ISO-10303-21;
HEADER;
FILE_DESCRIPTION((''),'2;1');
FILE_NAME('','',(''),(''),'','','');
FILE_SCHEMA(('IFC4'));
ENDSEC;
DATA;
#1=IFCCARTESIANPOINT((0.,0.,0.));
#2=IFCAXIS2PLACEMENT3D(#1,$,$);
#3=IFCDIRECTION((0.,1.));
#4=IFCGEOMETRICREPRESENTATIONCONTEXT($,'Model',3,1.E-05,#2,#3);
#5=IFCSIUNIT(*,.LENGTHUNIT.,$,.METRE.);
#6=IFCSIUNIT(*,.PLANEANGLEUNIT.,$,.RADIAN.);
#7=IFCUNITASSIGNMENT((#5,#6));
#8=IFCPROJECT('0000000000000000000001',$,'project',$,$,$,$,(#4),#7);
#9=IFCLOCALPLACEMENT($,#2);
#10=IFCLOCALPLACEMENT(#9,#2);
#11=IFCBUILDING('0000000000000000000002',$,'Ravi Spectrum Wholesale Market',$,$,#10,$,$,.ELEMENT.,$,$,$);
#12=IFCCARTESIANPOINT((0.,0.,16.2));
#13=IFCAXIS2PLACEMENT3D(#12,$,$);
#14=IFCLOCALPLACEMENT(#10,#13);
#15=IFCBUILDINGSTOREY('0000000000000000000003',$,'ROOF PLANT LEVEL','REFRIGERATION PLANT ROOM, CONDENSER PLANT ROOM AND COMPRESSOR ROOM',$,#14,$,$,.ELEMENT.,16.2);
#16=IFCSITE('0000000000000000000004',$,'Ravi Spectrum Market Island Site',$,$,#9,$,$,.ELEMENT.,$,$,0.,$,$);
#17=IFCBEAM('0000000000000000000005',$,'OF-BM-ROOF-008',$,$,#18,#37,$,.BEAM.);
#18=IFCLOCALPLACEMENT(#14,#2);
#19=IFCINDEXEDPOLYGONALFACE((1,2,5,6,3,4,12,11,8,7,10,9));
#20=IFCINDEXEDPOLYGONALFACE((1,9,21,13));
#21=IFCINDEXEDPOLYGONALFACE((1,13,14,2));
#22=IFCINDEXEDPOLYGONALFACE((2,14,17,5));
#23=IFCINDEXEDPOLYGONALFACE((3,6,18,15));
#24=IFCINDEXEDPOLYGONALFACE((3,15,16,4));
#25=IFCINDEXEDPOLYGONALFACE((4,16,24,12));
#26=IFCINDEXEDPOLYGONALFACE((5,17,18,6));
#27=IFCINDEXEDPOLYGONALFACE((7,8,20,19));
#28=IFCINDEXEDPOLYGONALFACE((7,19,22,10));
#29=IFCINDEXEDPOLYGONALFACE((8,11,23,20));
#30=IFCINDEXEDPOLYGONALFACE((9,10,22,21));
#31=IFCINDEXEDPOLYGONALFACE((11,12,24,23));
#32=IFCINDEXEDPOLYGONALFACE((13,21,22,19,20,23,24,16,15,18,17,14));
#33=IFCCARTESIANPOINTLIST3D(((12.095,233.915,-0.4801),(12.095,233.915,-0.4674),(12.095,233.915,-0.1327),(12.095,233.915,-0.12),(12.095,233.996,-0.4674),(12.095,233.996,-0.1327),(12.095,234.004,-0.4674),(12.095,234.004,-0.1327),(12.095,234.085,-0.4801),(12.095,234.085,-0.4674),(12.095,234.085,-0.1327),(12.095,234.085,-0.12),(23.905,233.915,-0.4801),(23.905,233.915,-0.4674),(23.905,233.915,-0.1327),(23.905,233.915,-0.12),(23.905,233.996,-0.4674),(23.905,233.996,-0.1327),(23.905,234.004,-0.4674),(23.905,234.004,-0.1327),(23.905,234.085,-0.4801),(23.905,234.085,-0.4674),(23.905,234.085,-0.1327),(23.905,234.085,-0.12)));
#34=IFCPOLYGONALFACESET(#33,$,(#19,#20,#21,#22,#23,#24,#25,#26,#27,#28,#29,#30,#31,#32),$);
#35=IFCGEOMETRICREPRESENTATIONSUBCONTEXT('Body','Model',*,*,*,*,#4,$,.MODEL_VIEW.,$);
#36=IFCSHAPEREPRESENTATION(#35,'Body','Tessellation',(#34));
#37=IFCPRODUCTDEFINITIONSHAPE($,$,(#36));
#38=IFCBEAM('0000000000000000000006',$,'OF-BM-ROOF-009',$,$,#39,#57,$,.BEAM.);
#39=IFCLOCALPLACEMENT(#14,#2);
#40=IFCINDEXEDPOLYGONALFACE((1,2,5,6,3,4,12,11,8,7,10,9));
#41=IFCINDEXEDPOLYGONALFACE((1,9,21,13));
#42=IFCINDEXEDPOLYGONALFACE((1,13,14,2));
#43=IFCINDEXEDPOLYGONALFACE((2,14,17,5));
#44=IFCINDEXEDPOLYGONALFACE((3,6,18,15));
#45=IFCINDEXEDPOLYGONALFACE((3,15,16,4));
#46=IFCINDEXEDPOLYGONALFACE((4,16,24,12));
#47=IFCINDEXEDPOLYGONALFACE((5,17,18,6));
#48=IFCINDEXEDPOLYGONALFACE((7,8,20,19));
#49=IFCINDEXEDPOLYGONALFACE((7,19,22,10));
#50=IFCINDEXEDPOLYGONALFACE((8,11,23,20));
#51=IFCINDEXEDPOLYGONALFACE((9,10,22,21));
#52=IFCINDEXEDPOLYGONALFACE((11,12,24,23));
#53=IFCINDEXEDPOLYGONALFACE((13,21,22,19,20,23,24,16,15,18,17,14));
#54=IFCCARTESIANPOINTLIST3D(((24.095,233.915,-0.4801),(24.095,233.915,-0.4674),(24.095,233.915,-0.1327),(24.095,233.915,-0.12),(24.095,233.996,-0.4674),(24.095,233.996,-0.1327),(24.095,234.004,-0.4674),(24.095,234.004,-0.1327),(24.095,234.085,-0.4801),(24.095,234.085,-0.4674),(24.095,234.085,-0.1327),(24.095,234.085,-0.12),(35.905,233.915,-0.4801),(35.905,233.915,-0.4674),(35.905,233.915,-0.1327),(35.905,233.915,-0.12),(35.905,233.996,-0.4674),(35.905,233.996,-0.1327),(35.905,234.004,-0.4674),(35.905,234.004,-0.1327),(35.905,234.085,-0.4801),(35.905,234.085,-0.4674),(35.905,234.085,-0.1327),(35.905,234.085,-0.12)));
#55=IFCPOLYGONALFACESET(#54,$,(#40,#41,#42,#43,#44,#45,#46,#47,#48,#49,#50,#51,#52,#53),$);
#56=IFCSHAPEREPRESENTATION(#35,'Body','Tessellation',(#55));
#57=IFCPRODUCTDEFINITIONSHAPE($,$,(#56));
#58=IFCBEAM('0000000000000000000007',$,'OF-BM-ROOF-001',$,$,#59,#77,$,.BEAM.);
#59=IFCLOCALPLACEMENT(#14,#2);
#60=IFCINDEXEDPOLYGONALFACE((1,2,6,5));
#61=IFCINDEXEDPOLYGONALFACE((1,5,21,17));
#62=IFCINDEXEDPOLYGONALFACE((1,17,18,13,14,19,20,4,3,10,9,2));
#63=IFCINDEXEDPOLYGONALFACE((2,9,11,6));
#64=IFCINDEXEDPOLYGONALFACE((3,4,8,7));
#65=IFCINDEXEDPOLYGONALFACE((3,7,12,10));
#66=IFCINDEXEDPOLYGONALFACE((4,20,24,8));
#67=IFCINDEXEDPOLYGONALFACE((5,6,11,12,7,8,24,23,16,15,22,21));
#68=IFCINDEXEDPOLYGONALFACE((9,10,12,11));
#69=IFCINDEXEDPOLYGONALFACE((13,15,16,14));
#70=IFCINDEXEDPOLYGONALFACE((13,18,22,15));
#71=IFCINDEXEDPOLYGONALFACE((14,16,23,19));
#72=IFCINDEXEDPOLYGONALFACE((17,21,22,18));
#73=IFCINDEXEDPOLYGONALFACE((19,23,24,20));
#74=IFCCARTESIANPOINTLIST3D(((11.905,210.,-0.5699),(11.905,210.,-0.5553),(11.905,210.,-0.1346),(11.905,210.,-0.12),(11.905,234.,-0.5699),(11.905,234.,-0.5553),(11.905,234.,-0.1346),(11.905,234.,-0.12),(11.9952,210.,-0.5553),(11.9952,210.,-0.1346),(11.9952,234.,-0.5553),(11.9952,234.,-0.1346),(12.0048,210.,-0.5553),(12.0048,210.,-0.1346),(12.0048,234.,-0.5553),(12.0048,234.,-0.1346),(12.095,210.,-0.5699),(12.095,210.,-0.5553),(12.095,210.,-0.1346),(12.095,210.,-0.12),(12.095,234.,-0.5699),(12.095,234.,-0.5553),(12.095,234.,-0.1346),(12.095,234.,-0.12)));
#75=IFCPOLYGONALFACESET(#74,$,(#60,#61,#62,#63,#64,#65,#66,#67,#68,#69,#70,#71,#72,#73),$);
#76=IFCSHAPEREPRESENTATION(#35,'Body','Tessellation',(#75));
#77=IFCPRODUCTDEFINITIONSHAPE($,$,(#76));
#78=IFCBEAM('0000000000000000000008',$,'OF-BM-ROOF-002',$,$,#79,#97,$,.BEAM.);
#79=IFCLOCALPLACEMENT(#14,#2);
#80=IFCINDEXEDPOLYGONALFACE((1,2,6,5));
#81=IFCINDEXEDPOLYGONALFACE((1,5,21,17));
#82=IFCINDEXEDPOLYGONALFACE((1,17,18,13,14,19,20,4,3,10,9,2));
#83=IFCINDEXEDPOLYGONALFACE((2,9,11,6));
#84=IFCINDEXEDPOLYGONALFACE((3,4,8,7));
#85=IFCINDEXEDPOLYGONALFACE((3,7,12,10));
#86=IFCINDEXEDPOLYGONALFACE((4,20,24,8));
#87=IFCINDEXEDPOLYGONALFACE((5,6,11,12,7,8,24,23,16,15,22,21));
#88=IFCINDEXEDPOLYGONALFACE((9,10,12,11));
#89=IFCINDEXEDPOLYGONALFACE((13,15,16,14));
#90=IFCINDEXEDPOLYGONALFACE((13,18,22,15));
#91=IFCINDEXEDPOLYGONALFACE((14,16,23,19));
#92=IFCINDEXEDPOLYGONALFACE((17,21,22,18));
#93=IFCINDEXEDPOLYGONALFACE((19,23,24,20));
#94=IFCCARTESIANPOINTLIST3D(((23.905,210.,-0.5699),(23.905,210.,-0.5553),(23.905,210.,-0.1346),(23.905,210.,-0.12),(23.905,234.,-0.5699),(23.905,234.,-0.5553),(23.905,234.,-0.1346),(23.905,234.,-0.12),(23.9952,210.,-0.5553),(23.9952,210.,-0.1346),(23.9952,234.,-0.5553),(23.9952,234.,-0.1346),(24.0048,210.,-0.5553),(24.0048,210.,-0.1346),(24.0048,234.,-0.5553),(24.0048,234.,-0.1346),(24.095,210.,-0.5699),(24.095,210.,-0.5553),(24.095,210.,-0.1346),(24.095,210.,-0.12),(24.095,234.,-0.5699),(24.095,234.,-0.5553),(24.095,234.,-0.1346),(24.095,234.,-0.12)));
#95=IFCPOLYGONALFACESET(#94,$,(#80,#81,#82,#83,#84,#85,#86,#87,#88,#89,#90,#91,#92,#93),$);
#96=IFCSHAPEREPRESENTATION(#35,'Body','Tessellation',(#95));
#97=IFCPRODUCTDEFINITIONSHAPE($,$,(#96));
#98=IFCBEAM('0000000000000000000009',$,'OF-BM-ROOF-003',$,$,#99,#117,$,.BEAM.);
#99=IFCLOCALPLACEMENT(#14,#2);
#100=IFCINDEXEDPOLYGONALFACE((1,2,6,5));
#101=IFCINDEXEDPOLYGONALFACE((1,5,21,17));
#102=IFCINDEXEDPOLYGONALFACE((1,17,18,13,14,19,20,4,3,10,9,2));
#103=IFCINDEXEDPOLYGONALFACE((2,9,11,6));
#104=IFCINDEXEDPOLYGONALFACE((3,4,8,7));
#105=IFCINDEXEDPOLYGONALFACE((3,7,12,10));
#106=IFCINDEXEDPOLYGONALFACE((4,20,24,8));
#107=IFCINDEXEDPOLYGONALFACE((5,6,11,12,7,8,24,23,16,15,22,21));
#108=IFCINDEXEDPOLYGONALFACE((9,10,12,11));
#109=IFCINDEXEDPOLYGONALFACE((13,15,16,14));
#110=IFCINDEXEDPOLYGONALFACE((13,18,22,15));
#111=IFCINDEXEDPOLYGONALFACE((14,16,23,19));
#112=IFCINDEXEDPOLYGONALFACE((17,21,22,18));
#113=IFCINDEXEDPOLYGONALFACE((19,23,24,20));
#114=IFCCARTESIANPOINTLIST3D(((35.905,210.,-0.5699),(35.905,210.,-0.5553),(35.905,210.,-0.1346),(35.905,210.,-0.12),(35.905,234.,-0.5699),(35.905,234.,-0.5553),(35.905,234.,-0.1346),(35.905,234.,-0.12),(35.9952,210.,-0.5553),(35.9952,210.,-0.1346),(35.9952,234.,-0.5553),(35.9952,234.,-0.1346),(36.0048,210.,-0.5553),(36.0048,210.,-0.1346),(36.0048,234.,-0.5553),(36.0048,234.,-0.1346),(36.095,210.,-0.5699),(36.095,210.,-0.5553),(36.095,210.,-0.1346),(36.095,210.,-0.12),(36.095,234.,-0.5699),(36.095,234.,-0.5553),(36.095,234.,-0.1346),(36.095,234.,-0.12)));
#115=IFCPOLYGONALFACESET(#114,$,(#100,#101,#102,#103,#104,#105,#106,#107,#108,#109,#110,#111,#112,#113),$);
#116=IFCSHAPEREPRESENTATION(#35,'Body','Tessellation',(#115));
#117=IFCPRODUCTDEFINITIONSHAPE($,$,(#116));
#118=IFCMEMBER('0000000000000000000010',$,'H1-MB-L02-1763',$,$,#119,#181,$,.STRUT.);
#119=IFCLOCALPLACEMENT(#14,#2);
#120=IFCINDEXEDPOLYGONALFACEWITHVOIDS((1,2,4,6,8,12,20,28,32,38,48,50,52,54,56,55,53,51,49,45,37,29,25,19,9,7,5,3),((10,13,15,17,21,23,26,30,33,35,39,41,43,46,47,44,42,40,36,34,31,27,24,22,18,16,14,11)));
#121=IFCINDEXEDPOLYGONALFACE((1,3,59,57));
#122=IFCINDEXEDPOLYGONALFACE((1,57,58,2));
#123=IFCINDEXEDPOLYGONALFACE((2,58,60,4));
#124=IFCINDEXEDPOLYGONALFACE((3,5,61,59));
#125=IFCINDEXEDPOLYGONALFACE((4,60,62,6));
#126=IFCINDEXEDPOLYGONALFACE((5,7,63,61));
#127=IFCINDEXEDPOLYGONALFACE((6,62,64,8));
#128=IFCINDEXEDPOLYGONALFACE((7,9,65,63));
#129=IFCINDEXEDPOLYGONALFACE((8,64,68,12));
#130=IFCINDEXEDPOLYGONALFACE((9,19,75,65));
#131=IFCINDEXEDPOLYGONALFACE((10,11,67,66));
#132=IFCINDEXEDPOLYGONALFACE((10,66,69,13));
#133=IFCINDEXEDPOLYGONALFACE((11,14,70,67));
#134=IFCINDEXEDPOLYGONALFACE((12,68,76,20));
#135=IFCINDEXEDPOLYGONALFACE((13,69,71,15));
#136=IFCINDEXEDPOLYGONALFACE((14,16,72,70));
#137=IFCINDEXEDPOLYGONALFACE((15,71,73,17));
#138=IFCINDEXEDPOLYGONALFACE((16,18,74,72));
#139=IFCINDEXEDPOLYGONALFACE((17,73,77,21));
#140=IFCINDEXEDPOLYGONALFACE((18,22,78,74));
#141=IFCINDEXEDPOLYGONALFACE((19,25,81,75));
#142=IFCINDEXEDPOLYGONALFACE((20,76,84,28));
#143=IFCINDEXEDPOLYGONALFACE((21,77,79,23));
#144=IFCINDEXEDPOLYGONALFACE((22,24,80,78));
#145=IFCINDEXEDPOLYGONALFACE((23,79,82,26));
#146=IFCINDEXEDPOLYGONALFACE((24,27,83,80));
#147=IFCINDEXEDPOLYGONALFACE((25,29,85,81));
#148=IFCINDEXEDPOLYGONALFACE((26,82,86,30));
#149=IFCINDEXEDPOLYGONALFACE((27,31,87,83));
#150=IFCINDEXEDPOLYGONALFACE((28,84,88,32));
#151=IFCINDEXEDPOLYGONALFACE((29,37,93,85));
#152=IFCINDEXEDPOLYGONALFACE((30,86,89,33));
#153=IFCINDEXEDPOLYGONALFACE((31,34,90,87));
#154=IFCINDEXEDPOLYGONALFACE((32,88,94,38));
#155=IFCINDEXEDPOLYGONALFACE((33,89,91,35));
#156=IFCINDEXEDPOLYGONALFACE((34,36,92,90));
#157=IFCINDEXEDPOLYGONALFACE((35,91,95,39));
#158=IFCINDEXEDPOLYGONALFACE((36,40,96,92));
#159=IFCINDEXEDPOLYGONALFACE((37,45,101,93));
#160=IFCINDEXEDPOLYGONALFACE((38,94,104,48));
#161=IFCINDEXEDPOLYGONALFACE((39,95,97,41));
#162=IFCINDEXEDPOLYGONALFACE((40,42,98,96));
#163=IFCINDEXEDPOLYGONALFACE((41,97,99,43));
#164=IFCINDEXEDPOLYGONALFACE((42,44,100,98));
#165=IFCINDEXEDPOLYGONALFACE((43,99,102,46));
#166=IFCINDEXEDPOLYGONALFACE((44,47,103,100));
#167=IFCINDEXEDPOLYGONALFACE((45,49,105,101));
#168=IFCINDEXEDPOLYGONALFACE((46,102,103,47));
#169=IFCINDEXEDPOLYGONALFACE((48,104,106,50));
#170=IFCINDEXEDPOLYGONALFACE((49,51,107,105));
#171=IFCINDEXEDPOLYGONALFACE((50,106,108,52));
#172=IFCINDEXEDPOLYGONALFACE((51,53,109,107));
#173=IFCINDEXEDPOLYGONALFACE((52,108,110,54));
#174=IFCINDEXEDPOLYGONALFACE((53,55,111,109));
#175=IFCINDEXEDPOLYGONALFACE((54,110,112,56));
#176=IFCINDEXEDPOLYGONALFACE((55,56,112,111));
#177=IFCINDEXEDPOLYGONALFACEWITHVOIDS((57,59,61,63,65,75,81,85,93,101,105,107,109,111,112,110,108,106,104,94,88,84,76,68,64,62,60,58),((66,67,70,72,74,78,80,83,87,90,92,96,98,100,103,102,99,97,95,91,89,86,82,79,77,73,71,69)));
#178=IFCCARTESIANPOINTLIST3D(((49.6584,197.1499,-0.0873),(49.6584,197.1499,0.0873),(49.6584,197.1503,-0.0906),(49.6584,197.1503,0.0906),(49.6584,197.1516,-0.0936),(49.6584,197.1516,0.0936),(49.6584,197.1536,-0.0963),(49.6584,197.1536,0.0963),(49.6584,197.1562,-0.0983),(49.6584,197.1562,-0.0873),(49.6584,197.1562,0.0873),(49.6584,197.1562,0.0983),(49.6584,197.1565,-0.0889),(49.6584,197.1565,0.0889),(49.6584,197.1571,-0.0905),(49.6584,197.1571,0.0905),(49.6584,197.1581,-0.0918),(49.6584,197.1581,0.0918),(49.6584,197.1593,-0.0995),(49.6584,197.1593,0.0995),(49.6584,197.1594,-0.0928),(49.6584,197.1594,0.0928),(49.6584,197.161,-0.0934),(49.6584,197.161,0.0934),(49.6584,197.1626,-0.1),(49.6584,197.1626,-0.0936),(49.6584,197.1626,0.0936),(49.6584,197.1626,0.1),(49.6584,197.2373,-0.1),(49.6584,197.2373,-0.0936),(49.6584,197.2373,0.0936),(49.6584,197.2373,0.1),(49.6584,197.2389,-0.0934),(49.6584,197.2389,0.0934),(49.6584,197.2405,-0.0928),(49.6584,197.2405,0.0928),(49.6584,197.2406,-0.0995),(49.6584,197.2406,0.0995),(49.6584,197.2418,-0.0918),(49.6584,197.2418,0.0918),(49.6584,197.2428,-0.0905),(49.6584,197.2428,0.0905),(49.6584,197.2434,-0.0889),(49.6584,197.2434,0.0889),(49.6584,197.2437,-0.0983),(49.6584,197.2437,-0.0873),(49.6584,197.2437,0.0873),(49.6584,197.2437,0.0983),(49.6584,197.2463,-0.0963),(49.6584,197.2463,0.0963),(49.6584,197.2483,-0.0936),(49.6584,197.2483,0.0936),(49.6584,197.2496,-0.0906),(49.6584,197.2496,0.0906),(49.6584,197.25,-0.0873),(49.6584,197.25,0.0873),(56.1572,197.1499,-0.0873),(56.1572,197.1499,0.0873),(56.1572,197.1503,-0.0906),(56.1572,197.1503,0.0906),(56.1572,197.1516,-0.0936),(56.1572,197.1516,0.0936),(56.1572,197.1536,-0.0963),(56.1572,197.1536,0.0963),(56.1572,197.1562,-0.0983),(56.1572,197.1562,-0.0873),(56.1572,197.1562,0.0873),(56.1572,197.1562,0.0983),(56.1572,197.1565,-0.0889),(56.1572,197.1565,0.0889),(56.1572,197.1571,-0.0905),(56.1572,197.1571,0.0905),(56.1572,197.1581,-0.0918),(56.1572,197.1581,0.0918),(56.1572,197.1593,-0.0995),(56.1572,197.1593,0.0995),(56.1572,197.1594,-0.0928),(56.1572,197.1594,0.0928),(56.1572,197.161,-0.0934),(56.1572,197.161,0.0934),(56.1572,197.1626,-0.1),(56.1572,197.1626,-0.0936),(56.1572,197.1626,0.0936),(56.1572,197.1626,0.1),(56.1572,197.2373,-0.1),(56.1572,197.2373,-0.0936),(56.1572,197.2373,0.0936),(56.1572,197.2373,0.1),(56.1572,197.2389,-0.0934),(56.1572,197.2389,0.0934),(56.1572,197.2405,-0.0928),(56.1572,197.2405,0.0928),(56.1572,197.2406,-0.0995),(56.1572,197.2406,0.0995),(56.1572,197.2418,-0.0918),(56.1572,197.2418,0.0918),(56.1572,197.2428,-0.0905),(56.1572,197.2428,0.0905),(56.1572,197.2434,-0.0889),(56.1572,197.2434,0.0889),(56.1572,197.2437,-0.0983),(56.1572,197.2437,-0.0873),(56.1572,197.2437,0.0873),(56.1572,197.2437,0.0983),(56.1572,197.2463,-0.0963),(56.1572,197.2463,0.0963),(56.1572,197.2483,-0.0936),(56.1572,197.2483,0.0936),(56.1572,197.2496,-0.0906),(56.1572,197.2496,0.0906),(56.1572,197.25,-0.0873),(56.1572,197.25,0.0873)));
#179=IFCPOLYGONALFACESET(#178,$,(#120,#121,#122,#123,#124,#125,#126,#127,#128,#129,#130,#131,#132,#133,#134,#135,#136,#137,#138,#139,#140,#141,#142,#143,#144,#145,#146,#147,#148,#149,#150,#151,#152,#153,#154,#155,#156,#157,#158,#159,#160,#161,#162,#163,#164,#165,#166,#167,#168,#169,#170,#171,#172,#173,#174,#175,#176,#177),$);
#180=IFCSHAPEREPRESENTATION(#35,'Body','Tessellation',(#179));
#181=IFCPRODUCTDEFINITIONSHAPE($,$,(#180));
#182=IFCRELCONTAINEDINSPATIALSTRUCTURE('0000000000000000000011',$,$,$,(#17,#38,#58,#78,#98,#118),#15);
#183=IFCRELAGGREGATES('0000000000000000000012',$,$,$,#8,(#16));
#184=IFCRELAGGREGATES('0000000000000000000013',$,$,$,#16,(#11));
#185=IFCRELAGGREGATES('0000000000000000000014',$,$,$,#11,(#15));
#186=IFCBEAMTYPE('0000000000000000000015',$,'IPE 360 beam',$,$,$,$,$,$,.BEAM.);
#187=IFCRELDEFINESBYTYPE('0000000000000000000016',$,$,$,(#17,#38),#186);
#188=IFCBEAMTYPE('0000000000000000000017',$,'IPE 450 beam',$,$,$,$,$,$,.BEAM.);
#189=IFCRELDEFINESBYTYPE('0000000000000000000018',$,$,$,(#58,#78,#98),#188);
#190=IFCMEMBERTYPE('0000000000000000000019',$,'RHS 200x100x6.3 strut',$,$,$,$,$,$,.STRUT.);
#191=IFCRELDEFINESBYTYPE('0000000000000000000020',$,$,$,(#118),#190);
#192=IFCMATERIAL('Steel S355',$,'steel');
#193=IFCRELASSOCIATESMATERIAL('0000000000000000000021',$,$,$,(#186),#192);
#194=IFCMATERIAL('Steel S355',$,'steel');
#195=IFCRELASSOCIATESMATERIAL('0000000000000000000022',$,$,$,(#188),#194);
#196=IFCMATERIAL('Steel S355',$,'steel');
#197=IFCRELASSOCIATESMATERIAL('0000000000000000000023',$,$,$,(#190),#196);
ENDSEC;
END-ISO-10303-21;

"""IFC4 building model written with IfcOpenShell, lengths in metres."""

from ifc_helpers import new_model, si_unit, direction, frame, origin, origin_2d, place, context, subcontext, project, spatial, hollow_rectangle, i_section, extrude, material, material_profile, profile_set, type_object, element, save


model = new_model("IFC4")

# Units and contexts
model_context = context("Model", 3, precision=1e-05, world=origin(), true_north=direction((0.0, 1.0)))
body_context = subcontext(model_context, "Body", "Model", "MODEL_VIEW")
ifc_project = project(units=[si_unit("LENGTHUNIT", "METRE"), si_unit("PLANEANGLEUNIT", "RADIAN")], contexts=[model_context])

# Site, building, storey
site_placement = place(None, origin())
site = spatial("IfcSite", under=ifc_project, at=site_placement, Name="Ravi Spectrum Market Island Site", CompositionType="ELEMENT", RefElevation=0.0)
building_placement = place(site_placement, origin())
building = spatial("IfcBuilding", under=site, at=building_placement, Name="Ravi Spectrum Wholesale Market", CompositionType="ELEMENT")
storey_placement = place(building_placement, frame((0.0, 0.0, 16.2)))
storey = spatial("IfcBuildingStorey", under=building, at=storey_placement, Name="ROOF PLANT LEVEL", Description="REFRIGERATION PLANT ROOM, CONDENSER PLANT ROOM AND COMPRESSOR ROOM", CompositionType="ELEMENT", Elevation=16.2)

# Beams
ifc_material_1 = material(Name="Steel S355", Category="steel")
ifc_material_profile_1 = material_profile(ifc_material_1, i_section(OverallWidth=0.1699, OverallDepth=0.3601, WebThickness=0.0081, FlangeThickness=0.0127, at=origin_2d()))
ifc_profile_set_1 = profile_set([ifc_material_profile_1], Name="Steel S355")
beam_type_1 = type_object("IfcBeamType", Name="IPE 360 beam", PredefinedType="BEAM", material=ifc_profile_set_1)
for number, where, z_axis, x_axis, name in (
    (1, (12.095, 234.0, -0.3), (1.0, 0.0, 0.0), (0.0, 1.0, 0.0), "OF-BM-ROOF-008"),
    (2, (24.095, 234.0, -0.3), (1.0, 0.0, 0.0), (0.0, 1.0, 0.0), "OF-BM-ROOF-009"),
):
    element("IfcBeam", number, at=place(storey_placement, frame(where, z_axis=z_axis, x_axis=x_axis)), inside=storey, type_object=beam_type_1, Name=name, PredefinedType="BEAM", context=body_context, shape_type="SweptSolid", body=[
        extrude(i_section(OverallWidth=0.1699, OverallDepth=0.3601, WebThickness=0.0081, FlangeThickness=0.0127, at=origin_2d()), origin(), (0.0, 0.0, 1.0), 11.8101),
    ])
ifc_material_2 = material(Name="Steel S355", Category="steel")
ifc_material_profile_2 = material_profile(ifc_material_2, i_section(OverallWidth=0.1899, OverallDepth=0.45, WebThickness=0.0095, FlangeThickness=0.0146, at=origin_2d()))
ifc_profile_set_2 = profile_set([ifc_material_profile_2], Name="Steel S355")
beam_type_2 = type_object("IfcBeamType", Name="IPE 450 beam", PredefinedType="BEAM", material=ifc_profile_set_2)
for number, where, z_axis, x_axis, name in (
    (3, (12.0, 210.0, -0.345), (0.0, 1.0, 0.0), (-1.0, 0.0, 0.0), "OF-BM-ROOF-001"),
    (4, (24.0, 210.0, -0.345), (0.0, 1.0, 0.0), (-1.0, 0.0, 0.0), "OF-BM-ROOF-002"),
    (5, (36.0, 210.0, -0.345), (0.0, 1.0, 0.0), (-1.0, 0.0, 0.0), "OF-BM-ROOF-003"),
):
    element("IfcBeam", number, at=place(storey_placement, frame(where, z_axis=z_axis, x_axis=x_axis)), inside=storey, type_object=beam_type_2, Name=name, PredefinedType="BEAM", context=body_context, shape_type="SweptSolid", body=[
        extrude(i_section(OverallWidth=0.1899, OverallDepth=0.45, WebThickness=0.0095, FlangeThickness=0.0146, at=origin_2d()), origin(), (0.0, 0.0, 1.0), 24.0),
    ])

# Member
ifc_material_3 = material(Name="Steel S355", Category="steel")
ifc_material_profile_3 = material_profile(ifc_material_3, hollow_rectangle(XDim=0.1001, YDim=0.2, WallThickness=0.0063, InnerFilletRadius=0.0063, OuterFilletRadius=0.0127, at=origin_2d()))
ifc_profile_set_3 = profile_set([ifc_material_profile_3], Name="Steel S355")
member_type_1 = type_object("IfcMemberType", Name="RHS 200x100x6.3 strut", PredefinedType="STRUT", material=ifc_profile_set_3)
member_1_placement = place(storey_placement, frame((49.6584, 197.2, 0.0), z_axis=(1.0, 0.0, 0.0), x_axis=(0.0, 1.0, 0.0)))
element("IfcMember", 6, at=member_1_placement, inside=storey, type_object=member_type_1, Name="H1-MB-L02-1763", PredefinedType="STRUT", context=body_context, shape_type="SweptSolid", body=[
    extrude(hollow_rectangle(XDim=0.1001, YDim=0.2, WallThickness=0.0063, InnerFilletRadius=0.0063, OuterFilletRadius=0.0127, at=origin_2d()), origin(), (0.0, 0.0, 1.0), 6.4988),
])

save(model, "model.ifc")
